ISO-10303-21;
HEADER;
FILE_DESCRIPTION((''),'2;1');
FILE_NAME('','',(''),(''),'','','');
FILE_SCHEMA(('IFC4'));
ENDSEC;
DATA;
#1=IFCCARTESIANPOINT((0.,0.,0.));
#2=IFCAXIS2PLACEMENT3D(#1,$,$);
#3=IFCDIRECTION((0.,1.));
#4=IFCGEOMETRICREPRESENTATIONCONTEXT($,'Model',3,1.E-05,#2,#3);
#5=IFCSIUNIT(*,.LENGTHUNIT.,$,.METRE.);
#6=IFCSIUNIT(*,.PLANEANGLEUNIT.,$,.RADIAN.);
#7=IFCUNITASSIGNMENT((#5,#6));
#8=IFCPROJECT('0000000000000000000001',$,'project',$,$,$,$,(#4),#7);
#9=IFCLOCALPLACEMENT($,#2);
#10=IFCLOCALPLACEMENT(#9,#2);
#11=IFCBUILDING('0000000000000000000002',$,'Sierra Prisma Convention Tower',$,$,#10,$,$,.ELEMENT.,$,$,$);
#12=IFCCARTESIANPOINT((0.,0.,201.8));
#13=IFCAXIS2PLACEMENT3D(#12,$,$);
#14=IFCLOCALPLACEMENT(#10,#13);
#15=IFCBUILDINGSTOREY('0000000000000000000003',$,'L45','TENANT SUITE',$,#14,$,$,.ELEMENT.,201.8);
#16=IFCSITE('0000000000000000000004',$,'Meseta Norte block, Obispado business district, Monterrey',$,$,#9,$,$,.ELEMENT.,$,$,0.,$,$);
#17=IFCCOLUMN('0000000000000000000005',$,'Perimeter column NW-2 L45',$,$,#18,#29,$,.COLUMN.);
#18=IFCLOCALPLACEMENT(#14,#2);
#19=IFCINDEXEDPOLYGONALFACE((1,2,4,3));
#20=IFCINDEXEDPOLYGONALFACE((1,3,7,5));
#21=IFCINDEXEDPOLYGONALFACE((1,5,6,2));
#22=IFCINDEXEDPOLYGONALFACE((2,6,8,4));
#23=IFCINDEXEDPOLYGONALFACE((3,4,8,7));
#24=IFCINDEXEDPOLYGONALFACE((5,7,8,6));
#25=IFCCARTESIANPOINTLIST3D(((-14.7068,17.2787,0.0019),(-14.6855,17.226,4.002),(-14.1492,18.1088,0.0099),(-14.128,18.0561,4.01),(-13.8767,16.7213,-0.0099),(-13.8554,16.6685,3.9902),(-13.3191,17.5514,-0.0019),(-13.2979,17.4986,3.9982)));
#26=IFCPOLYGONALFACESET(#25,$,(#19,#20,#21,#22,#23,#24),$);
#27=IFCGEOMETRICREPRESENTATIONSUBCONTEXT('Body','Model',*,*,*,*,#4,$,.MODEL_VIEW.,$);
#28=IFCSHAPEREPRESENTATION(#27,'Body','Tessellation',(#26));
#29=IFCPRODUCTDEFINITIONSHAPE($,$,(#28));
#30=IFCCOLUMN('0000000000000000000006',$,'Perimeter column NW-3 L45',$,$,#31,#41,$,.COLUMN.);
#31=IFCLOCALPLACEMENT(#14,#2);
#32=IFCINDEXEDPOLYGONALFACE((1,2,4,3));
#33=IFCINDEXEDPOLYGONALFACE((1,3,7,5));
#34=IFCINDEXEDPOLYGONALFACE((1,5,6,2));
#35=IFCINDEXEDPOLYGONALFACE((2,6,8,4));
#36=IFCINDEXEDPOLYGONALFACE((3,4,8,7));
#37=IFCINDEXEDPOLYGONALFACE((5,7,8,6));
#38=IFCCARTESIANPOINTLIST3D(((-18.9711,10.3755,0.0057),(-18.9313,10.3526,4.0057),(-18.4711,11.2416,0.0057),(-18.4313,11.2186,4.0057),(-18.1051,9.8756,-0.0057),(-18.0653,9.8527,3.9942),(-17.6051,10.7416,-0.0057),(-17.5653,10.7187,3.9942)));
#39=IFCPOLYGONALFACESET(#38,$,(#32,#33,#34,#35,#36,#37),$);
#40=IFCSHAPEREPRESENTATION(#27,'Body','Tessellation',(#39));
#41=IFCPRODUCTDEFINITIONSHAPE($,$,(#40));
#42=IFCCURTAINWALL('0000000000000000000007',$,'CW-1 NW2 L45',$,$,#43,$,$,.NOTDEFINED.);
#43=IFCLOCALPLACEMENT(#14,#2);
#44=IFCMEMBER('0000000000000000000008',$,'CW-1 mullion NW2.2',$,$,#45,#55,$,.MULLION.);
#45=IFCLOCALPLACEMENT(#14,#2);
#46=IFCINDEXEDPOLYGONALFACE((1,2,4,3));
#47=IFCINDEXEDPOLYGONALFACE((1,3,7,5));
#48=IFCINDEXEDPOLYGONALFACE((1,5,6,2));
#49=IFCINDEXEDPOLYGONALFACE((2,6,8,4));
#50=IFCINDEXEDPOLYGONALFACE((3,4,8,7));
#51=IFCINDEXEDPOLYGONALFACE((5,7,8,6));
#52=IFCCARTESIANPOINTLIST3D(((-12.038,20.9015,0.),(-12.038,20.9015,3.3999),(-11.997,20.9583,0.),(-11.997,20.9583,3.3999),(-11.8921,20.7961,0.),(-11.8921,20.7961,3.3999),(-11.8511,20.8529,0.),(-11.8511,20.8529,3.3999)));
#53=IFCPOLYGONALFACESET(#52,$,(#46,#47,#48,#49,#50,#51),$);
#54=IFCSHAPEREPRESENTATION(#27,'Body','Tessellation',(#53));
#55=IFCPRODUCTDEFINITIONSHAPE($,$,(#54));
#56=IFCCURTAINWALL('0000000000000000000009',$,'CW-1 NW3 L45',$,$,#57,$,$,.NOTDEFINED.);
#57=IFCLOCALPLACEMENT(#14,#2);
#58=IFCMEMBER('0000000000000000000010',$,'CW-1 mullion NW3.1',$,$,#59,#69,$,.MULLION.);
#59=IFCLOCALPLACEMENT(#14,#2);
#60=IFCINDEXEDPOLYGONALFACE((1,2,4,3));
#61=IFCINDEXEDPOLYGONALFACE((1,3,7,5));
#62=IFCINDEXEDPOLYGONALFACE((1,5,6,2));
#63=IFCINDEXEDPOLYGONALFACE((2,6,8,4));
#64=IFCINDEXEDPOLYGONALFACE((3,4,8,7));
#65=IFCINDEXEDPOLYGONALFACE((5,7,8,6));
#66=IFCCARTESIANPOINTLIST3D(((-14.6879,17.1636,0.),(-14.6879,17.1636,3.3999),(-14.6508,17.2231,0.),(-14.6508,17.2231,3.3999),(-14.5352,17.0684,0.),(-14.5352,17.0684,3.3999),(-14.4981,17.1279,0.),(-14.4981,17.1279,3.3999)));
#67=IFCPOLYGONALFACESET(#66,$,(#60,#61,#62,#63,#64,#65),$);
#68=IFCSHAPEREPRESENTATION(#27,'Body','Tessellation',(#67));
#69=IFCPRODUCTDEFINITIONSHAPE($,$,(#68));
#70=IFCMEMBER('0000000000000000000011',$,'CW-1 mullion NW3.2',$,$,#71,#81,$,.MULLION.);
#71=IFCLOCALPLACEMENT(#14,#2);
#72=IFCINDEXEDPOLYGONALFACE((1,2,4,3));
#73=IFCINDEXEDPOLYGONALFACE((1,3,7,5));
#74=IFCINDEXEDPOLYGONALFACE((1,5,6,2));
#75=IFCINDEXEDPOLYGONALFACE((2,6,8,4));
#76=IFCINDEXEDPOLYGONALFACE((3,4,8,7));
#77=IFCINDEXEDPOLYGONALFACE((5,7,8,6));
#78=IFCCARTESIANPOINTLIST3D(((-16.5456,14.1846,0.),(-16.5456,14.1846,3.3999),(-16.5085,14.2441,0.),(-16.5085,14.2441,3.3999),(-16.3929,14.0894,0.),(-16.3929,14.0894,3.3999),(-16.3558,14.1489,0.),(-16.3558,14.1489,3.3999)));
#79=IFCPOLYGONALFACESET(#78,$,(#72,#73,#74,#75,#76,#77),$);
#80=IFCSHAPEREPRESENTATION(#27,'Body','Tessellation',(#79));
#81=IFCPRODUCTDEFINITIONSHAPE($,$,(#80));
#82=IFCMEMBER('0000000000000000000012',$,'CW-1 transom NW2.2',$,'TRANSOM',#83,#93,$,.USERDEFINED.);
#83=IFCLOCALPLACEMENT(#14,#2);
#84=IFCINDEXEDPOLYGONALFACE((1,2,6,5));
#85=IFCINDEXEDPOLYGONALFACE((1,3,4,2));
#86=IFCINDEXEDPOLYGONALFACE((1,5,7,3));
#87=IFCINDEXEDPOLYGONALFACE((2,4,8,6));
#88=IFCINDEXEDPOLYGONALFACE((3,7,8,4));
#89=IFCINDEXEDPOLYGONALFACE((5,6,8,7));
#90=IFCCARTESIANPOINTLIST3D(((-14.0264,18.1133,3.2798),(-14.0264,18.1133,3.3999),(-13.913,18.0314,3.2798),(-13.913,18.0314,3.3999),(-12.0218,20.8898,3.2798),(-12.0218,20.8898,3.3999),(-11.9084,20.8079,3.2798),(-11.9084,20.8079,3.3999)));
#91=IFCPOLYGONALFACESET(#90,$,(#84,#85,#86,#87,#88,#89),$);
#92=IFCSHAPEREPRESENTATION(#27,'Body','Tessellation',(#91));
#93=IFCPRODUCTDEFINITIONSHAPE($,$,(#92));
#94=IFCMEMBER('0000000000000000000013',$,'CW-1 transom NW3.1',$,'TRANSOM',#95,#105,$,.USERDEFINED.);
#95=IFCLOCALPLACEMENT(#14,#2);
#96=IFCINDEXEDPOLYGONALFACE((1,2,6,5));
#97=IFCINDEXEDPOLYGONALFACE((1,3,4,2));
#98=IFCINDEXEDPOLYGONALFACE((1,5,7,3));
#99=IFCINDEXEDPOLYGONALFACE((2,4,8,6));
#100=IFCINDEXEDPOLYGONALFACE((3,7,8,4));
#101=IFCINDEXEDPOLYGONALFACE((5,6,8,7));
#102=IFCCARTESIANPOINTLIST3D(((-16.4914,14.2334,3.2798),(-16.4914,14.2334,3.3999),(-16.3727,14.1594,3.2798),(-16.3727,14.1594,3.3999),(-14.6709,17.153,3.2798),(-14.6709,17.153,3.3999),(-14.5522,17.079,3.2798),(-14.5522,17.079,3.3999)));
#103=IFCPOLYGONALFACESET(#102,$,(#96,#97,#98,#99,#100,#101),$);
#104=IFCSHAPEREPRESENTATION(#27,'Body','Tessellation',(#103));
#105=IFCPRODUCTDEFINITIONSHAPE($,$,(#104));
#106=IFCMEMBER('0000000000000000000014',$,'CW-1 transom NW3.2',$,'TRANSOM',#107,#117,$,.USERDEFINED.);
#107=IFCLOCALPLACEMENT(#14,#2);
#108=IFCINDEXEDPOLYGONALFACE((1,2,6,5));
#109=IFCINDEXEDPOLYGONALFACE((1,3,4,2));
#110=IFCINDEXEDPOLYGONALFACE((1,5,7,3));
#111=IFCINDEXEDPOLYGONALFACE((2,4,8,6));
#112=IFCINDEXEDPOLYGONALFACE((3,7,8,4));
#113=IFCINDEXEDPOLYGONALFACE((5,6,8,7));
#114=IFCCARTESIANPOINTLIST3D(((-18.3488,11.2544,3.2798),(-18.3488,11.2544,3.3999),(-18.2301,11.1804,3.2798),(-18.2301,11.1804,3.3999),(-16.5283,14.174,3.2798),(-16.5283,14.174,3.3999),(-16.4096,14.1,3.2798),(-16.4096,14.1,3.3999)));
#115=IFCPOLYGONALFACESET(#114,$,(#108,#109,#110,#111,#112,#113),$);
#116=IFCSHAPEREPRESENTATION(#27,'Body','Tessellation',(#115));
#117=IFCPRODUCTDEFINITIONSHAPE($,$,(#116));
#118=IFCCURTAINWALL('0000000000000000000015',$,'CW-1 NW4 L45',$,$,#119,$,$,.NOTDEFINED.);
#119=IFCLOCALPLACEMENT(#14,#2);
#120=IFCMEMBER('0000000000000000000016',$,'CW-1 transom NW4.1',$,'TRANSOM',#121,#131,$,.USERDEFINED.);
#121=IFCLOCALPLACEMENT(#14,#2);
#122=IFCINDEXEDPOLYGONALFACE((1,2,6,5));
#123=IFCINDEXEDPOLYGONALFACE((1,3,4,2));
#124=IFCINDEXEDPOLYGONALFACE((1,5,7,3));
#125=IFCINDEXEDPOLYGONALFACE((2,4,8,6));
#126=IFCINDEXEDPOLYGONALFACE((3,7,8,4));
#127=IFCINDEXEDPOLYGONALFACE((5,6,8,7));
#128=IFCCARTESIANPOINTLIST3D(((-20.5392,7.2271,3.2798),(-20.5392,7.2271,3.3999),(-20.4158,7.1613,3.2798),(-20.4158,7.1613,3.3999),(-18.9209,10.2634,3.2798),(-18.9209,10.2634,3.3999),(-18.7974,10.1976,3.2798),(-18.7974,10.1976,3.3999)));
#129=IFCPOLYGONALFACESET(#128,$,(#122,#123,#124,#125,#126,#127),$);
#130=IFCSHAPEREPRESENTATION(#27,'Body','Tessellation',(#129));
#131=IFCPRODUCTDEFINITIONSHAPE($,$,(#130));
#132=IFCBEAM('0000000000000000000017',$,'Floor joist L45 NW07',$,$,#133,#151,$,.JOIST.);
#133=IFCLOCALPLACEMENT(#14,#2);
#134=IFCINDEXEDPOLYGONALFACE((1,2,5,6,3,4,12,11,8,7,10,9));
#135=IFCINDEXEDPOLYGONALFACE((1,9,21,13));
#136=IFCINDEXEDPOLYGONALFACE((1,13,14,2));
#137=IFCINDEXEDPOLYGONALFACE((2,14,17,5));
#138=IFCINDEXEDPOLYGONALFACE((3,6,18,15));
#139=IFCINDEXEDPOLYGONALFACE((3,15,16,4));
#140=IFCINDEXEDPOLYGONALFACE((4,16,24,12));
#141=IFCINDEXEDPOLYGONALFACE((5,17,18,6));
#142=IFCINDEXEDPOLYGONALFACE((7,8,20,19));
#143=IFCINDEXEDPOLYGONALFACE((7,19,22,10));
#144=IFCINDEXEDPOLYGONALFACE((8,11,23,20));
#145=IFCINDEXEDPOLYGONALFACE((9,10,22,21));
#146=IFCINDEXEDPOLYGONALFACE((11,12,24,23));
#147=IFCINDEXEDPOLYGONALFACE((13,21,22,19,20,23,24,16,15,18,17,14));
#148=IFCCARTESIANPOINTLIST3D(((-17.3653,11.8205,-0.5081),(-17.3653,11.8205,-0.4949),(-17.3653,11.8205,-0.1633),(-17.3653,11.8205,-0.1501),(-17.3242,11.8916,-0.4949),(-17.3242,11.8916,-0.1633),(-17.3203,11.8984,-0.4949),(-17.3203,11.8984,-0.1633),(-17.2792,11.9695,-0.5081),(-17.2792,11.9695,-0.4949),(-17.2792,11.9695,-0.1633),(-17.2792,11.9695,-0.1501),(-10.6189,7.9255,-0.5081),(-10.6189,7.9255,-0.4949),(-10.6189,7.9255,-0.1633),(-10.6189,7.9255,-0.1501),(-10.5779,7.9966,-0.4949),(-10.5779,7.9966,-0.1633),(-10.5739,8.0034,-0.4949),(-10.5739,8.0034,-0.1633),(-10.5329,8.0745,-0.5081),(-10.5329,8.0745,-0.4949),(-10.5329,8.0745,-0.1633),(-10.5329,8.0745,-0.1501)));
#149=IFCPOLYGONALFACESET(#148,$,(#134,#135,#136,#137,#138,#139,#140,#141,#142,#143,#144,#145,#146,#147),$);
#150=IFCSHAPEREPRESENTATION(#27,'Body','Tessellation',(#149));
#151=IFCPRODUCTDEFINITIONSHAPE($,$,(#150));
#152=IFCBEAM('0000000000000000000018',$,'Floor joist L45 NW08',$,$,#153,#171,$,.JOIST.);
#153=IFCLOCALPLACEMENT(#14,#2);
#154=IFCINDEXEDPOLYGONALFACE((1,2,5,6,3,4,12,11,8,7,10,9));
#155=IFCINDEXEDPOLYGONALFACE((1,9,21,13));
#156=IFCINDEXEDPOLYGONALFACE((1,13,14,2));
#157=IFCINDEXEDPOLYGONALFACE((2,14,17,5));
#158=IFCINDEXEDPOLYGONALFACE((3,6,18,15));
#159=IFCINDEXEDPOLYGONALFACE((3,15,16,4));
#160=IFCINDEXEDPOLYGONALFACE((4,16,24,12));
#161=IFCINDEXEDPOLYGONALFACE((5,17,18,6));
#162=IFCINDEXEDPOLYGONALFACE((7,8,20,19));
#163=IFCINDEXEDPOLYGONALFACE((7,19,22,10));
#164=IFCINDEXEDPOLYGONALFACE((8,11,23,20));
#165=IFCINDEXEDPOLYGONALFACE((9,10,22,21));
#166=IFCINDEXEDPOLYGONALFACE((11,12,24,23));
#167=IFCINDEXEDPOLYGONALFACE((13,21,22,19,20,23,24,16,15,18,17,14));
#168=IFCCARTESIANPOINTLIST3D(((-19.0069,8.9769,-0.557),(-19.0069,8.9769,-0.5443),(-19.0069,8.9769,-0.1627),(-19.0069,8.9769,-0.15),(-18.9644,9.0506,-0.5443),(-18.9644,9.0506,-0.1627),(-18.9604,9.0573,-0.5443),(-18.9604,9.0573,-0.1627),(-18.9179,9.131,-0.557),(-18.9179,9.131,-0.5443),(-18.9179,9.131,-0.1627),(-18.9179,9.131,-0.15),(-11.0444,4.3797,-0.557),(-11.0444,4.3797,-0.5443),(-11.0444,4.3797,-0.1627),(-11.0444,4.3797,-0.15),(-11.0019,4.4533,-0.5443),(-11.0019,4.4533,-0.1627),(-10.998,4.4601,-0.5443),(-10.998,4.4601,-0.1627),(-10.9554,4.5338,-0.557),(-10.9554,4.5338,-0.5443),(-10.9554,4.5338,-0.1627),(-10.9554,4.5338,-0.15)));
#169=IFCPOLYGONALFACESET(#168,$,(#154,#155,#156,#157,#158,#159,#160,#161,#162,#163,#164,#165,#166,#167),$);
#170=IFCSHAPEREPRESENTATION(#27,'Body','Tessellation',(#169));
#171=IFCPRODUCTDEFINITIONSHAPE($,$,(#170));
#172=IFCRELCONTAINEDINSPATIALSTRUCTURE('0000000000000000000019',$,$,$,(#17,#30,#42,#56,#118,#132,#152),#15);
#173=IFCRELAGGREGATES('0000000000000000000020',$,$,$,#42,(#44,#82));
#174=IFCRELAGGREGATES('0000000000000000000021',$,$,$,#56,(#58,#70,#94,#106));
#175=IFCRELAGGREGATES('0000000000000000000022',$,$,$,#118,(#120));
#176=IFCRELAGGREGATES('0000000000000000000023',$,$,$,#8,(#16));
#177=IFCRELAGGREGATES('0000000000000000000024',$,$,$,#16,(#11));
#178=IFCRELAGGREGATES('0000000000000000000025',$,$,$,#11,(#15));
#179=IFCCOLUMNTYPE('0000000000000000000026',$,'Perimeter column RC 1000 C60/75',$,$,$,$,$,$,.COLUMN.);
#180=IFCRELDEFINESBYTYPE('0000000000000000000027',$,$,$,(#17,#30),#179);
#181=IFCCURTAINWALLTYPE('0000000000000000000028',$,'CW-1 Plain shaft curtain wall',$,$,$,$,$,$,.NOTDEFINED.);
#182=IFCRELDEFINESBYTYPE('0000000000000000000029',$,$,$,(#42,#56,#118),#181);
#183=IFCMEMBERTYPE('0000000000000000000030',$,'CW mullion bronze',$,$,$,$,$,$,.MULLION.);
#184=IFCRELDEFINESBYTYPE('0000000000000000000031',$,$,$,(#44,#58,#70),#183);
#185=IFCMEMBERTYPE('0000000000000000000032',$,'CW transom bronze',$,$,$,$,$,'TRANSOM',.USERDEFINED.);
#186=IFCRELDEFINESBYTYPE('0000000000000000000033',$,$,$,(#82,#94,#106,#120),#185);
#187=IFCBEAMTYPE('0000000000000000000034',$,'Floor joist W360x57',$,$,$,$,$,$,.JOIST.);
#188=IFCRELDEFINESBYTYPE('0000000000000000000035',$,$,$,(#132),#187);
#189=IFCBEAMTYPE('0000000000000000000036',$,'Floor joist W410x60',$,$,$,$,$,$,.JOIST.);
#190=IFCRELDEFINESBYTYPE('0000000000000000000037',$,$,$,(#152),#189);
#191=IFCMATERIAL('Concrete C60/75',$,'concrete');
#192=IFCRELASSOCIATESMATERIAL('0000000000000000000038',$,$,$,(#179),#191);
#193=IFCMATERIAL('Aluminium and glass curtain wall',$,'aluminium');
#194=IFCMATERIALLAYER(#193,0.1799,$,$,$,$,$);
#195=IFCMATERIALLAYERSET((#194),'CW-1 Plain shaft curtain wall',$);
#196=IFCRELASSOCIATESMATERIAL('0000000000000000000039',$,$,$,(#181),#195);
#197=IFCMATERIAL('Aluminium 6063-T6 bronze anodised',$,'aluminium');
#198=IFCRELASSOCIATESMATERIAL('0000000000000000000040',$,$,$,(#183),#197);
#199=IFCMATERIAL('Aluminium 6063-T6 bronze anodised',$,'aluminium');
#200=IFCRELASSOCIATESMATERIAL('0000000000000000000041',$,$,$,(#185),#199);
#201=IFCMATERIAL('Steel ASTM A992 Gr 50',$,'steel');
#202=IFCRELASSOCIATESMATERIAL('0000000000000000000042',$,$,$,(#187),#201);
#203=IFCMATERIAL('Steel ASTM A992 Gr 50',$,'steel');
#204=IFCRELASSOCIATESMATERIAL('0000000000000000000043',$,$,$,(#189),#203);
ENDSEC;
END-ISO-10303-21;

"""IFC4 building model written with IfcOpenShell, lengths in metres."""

from ifc_helpers import new_model, si_unit, direction, frame, origin, origin_2d, place, context, subcontext, project, spatial, rectangle, i_section, extrude, material, layer, layer_set, material_profile, profile_set, type_object, element, aggregate, save


model = new_model("IFC4")

# Units and contexts
model_context = context("Model", 3, precision=1e-05, world=origin(), true_north=direction((0.0, 1.0)))
body_context = subcontext(model_context, "Body", "Model", "MODEL_VIEW")
ifc_project = project(units=[si_unit("LENGTHUNIT", "METRE"), si_unit("PLANEANGLEUNIT", "RADIAN")], contexts=[model_context])

# Site, building, storey
site_placement = place(None, origin())
site = spatial("IfcSite", under=ifc_project, at=site_placement, Name="Meseta Norte block, Obispado business district, Monterrey", CompositionType="ELEMENT", RefElevation=0.0)
building_placement = place(site_placement, origin())
building = spatial("IfcBuilding", under=site, at=building_placement, Name="Sierra Prisma Convention Tower", CompositionType="ELEMENT")
storey_placement = place(building_placement, frame((0.0, 0.0, 201.8)))
storey = spatial("IfcBuildingStorey", under=building, at=storey_placement, Name="L45", Description="TENANT SUITE", CompositionType="ELEMENT", Elevation=201.8)

# Columns
ifc_material_1 = material(Name="Concrete C60/75", Category="concrete")
ifc_material_profile_1 = material_profile(ifc_material_1, rectangle(XDim=1.0, YDim=1.0, at=origin_2d()), Name="Perimeter column RC 1000 C60/75")
ifc_profile_set_1 = profile_set([ifc_material_profile_1], Name="Concrete C60/75")
column_type = type_object("IfcColumnType", Name="Perimeter column RC 1000 C60/75", PredefinedType="COLUMN", material=ifc_profile_set_1)
column_1_placement = place(storey_placement, frame((-14.0129, 17.415, 0.0), z_axis=(0.00531, -0.013182, 0.999899), x_axis=(0.557556, 0.830101, 0.007983)))
element("IfcColumn", 1, at=column_1_placement, inside=storey, type_object=column_type, Name="Perimeter column NW-2 L45", PredefinedType="COLUMN", context=body_context, shape_type="SweptSolid", body=[
    extrude(rectangle(XDim=1.0, YDim=1.0, at=origin_2d()), origin(), (0.0, 0.0, 1.0), 4.0005),
])
column_2_placement = place(storey_placement, frame((-18.2881, 10.5586, 0.0), z_axis=(0.009948, -0.005737, 0.999934), x_axis=(0.499975, 0.86604, -0.000005)))
element("IfcColumn", 2, at=column_2_placement, inside=storey, type_object=column_type, Name="Perimeter column NW-3 L45", PredefinedType="COLUMN", context=body_context, shape_type="SweptSolid", body=[
    extrude(rectangle(XDim=1.0, YDim=1.0, at=origin_2d()), origin(), (0.0, 0.0, 1.0), 4.0002),
])

# Curtain wall, member
ifc_material_2 = material(Name="Aluminium and glass curtain wall", Category="aluminium")
ifc_layer_1 = layer(ifc_material_2, 0.1799)
ifc_layer_set_1 = layer_set([ifc_layer_1], Name="CW-1 Plain shaft curtain wall")
curtain_wall_type = type_object("IfcCurtainWallType", Name="CW-1 Plain shaft curtain wall", PredefinedType="NOTDEFINED", material=ifc_layer_set_1)
curtain_wall_1_placement = place(storey_placement, origin())
curtain_wall_1 = element("IfcCurtainWall", 3, at=curtain_wall_1_placement, inside=storey, type_object=curtain_wall_type, Name="CW-1 NW2 L45", PredefinedType="NOTDEFINED")
ifc_material_3 = material(Name="Aluminium 6063-T6 bronze anodised", Category="aluminium")
ifc_material_profile_2 = material_profile(ifc_material_3, rectangle(XDim=0.1799, YDim=0.0701, at=origin_2d()), Name="ALU MULLION 70x180")
ifc_profile_set_2 = profile_set([ifc_material_profile_2], Name="Aluminium 6063-T6 bronze anodised")
member_type_1 = type_object("IfcMemberType", Name="CW mullion bronze", PredefinedType="MULLION", material=ifc_profile_set_2)
member_1_placement = place(storey_placement, frame((-11.9446, 20.8772, 0.0), z_axis=(0.0, 0.0, 1.0), x_axis=(0.810745, -0.585399, 0.0)))
member_1 = element("IfcMember", 4, at=member_1_placement, type_object=member_type_1, Name="CW-1 mullion NW2.2", PredefinedType="MULLION", context=body_context, shape_type="SweptSolid", body=[
    extrude(rectangle(XDim=0.1799, YDim=0.0701, at=origin_2d()), origin(), (0.0, 0.0, 1.0), 3.3999),
])

# Curtain wall, members
curtain_wall_2_placement = place(storey_placement, origin())
curtain_wall_2 = element("IfcCurtainWall", 5, at=curtain_wall_2_placement, inside=storey, type_object=curtain_wall_type, Name="CW-1 NW3 L45", PredefinedType="NOTDEFINED")
member_2_placement = place(storey_placement, frame((-14.593, 17.1458, 0.0), z_axis=(0.0, 0.0, 1.0), x_axis=(0.848568, -0.529086, 0.0)))
member_2 = element("IfcMember", 6, at=member_2_placement, type_object=member_type_1, Name="CW-1 mullion NW3.1", PredefinedType="MULLION", context=body_context, shape_type="SweptSolid", body=[
    extrude(rectangle(XDim=0.1799, YDim=0.0701, at=origin_2d()), origin(), (0.0, 0.0, 1.0), 3.3999),
])
member_3_placement = place(storey_placement, frame((-16.4507, 14.1667, 0.0), z_axis=(0.0, 0.0, 1.0), x_axis=(0.848568, -0.529086, 0.0)))
member_3 = element("IfcMember", 7, at=member_3_placement, type_object=member_type_1, Name="CW-1 mullion NW3.2", PredefinedType="MULLION", context=body_context, shape_type="SweptSolid", body=[
    extrude(rectangle(XDim=0.1799, YDim=0.0701, at=origin_2d()), origin(), (0.0, 0.0, 1.0), 3.3999),
])

# Members
ifc_material_4 = material(Name="Aluminium 6063-T6 bronze anodised", Category="aluminium")
ifc_material_profile_3 = material_profile(ifc_material_4, rectangle(XDim=0.1399, YDim=0.1201, at=origin_2d()), Name="ALU TRANSOM 120x140")
ifc_profile_set_3 = profile_set([ifc_material_profile_3], Name="Aluminium 6063-T6 bronze anodised")
member_type_2 = type_object("IfcMemberType", Name="CW transom bronze", ElementType="TRANSOM", PredefinedType="USERDEFINED", material=ifc_profile_set_3)
member_4_placement = place(storey_placement, frame((-11.9651, 20.8489, 3.3398), z_axis=(-0.585358, -0.810775, 0.0), x_axis=(0.810775, -0.585358, 0.0)))
member_4 = element("IfcMember", 8, at=member_4_placement, type_object=member_type_2, Name="CW-1 transom NW2.2", ObjectType="TRANSOM", PredefinedType="USERDEFINED", context=body_context, shape_type="SweptSolid", body=[
    extrude(rectangle(XDim=0.1399, YDim=0.1201, at=origin_2d()), origin(), (0.0, 0.0, 1.0), 3.4246),
])
member_5_placement = place(storey_placement, frame((-14.6116, 17.116, 3.3398), z_axis=(-0.529112, -0.848552, 0.0), x_axis=(0.848552, -0.529112, 0.0)))
member_5 = element("IfcMember", 9, at=member_5_placement, type_object=member_type_2, Name="CW-1 transom NW3.1", ObjectType="TRANSOM", PredefinedType="USERDEFINED", context=body_context, shape_type="SweptSolid", body=[
    extrude(rectangle(XDim=0.1399, YDim=0.1201, at=origin_2d()), origin(), (0.0, 0.0, 1.0), 3.4407),
])
member_6_placement = place(storey_placement, frame((-16.469, 14.137, 3.3398), z_axis=(-0.529112, -0.848552, 0.0), x_axis=(0.848552, -0.529112, 0.0)))
member_6 = element("IfcMember", 10, at=member_6_placement, type_object=member_type_2, Name="CW-1 transom NW3.2", ObjectType="TRANSOM", PredefinedType="USERDEFINED", context=body_context, shape_type="SweptSolid", body=[
    extrude(rectangle(XDim=0.1399, YDim=0.1201, at=origin_2d()), origin(), (0.0, 0.0, 1.0), 3.4407),
])

# Curtain wall, member
curtain_wall_3_placement = place(storey_placement, origin())
curtain_wall_3 = element("IfcCurtainWall", 11, at=curtain_wall_3_placement, inside=storey, type_object=curtain_wall_type, Name="CW-1 NW4 L45", PredefinedType="NOTDEFINED")
member_7_placement = place(storey_placement, frame((-18.8591, 10.2305, 3.3398), z_axis=(-0.470364, -0.882473, 0.0), x_axis=(0.882473, -0.470364, 0.0)))
member_7 = element("IfcMember", 12, at=member_7_placement, type_object=member_type_2, Name="CW-1 transom NW4.1", ObjectType="TRANSOM", PredefinedType="USERDEFINED", context=body_context, shape_type="SweptSolid", body=[
    extrude(rectangle(XDim=0.1399, YDim=0.1201, at=origin_2d()), origin(), (0.0, 0.0, 1.0), 3.4407),
])

# Beams
ifc_material_5 = material(Name="Steel ASTM A992 Gr 50", Category="steel")
ifc_material_profile_4 = material_profile(ifc_material_5, i_section(OverallWidth=0.1721, OverallDepth=0.3579, WebThickness=0.0078, FlangeThickness=0.0132, at=origin_2d()), Name="W360x57")
ifc_profile_set_4 = profile_set([ifc_material_profile_4], Name="Steel ASTM A992 Gr 50")
beam_type_1 = type_object("IfcBeamType", Name="Floor joist W360x57", PredefinedType="JOIST", material=ifc_profile_set_4)
beam_1_placement = place(storey_placement, frame((-17.3223, 11.895, -0.3291), z_axis=(0.866024, -0.500002, 0.0), x_axis=(0.500002, 0.866024, 0.0)))
element("IfcBeam", 13, at=beam_1_placement, inside=storey, type_object=beam_type_1, Name="Floor joist L45 NW07", PredefinedType="JOIST", context=body_context, shape_type="SweptSolid", body=[
    extrude(i_section(OverallWidth=0.1721, OverallDepth=0.3579, WebThickness=0.0078, FlangeThickness=0.0132, at=origin_2d()), origin(), (0.0, 0.0, 1.0), 7.79),
])
ifc_material_6 = material(Name="Steel ASTM A992 Gr 50", Category="steel")
ifc_material_profile_5 = material_profile(ifc_material_6, i_section(OverallWidth=0.178, OverallDepth=0.407, WebThickness=0.0078, FlangeThickness=0.0127, at=origin_2d()), Name="W410x60")
ifc_profile_set_5 = profile_set([ifc_material_profile_5], Name="Steel ASTM A992 Gr 50")
beam_type_2 = type_object("IfcBeamType", Name="Floor joist W410x60", PredefinedType="JOIST", material=ifc_profile_set_5)
beam_2_placement = place(storey_placement, frame((-18.9624, 9.054, -0.3535), z_axis=(0.866022, -0.500006, 0.0), x_axis=(0.500006, 0.866022, 0.0)))
element("IfcBeam", 14, at=beam_2_placement, inside=storey, type_object=beam_type_2, Name="Floor joist L45 NW08", PredefinedType="JOIST", context=body_context, shape_type="SweptSolid", body=[
    extrude(i_section(OverallWidth=0.178, OverallDepth=0.407, WebThickness=0.0078, FlangeThickness=0.0127, at=origin_2d()), origin(), (0.0, 0.0, 1.0), 9.1943),
])

aggregate(curtain_wall_1, [member_1, member_4])
aggregate(curtain_wall_2, [member_2, member_3, member_5, member_6])
aggregate(curtain_wall_3, [member_7])

save(model, "model.ifc")
